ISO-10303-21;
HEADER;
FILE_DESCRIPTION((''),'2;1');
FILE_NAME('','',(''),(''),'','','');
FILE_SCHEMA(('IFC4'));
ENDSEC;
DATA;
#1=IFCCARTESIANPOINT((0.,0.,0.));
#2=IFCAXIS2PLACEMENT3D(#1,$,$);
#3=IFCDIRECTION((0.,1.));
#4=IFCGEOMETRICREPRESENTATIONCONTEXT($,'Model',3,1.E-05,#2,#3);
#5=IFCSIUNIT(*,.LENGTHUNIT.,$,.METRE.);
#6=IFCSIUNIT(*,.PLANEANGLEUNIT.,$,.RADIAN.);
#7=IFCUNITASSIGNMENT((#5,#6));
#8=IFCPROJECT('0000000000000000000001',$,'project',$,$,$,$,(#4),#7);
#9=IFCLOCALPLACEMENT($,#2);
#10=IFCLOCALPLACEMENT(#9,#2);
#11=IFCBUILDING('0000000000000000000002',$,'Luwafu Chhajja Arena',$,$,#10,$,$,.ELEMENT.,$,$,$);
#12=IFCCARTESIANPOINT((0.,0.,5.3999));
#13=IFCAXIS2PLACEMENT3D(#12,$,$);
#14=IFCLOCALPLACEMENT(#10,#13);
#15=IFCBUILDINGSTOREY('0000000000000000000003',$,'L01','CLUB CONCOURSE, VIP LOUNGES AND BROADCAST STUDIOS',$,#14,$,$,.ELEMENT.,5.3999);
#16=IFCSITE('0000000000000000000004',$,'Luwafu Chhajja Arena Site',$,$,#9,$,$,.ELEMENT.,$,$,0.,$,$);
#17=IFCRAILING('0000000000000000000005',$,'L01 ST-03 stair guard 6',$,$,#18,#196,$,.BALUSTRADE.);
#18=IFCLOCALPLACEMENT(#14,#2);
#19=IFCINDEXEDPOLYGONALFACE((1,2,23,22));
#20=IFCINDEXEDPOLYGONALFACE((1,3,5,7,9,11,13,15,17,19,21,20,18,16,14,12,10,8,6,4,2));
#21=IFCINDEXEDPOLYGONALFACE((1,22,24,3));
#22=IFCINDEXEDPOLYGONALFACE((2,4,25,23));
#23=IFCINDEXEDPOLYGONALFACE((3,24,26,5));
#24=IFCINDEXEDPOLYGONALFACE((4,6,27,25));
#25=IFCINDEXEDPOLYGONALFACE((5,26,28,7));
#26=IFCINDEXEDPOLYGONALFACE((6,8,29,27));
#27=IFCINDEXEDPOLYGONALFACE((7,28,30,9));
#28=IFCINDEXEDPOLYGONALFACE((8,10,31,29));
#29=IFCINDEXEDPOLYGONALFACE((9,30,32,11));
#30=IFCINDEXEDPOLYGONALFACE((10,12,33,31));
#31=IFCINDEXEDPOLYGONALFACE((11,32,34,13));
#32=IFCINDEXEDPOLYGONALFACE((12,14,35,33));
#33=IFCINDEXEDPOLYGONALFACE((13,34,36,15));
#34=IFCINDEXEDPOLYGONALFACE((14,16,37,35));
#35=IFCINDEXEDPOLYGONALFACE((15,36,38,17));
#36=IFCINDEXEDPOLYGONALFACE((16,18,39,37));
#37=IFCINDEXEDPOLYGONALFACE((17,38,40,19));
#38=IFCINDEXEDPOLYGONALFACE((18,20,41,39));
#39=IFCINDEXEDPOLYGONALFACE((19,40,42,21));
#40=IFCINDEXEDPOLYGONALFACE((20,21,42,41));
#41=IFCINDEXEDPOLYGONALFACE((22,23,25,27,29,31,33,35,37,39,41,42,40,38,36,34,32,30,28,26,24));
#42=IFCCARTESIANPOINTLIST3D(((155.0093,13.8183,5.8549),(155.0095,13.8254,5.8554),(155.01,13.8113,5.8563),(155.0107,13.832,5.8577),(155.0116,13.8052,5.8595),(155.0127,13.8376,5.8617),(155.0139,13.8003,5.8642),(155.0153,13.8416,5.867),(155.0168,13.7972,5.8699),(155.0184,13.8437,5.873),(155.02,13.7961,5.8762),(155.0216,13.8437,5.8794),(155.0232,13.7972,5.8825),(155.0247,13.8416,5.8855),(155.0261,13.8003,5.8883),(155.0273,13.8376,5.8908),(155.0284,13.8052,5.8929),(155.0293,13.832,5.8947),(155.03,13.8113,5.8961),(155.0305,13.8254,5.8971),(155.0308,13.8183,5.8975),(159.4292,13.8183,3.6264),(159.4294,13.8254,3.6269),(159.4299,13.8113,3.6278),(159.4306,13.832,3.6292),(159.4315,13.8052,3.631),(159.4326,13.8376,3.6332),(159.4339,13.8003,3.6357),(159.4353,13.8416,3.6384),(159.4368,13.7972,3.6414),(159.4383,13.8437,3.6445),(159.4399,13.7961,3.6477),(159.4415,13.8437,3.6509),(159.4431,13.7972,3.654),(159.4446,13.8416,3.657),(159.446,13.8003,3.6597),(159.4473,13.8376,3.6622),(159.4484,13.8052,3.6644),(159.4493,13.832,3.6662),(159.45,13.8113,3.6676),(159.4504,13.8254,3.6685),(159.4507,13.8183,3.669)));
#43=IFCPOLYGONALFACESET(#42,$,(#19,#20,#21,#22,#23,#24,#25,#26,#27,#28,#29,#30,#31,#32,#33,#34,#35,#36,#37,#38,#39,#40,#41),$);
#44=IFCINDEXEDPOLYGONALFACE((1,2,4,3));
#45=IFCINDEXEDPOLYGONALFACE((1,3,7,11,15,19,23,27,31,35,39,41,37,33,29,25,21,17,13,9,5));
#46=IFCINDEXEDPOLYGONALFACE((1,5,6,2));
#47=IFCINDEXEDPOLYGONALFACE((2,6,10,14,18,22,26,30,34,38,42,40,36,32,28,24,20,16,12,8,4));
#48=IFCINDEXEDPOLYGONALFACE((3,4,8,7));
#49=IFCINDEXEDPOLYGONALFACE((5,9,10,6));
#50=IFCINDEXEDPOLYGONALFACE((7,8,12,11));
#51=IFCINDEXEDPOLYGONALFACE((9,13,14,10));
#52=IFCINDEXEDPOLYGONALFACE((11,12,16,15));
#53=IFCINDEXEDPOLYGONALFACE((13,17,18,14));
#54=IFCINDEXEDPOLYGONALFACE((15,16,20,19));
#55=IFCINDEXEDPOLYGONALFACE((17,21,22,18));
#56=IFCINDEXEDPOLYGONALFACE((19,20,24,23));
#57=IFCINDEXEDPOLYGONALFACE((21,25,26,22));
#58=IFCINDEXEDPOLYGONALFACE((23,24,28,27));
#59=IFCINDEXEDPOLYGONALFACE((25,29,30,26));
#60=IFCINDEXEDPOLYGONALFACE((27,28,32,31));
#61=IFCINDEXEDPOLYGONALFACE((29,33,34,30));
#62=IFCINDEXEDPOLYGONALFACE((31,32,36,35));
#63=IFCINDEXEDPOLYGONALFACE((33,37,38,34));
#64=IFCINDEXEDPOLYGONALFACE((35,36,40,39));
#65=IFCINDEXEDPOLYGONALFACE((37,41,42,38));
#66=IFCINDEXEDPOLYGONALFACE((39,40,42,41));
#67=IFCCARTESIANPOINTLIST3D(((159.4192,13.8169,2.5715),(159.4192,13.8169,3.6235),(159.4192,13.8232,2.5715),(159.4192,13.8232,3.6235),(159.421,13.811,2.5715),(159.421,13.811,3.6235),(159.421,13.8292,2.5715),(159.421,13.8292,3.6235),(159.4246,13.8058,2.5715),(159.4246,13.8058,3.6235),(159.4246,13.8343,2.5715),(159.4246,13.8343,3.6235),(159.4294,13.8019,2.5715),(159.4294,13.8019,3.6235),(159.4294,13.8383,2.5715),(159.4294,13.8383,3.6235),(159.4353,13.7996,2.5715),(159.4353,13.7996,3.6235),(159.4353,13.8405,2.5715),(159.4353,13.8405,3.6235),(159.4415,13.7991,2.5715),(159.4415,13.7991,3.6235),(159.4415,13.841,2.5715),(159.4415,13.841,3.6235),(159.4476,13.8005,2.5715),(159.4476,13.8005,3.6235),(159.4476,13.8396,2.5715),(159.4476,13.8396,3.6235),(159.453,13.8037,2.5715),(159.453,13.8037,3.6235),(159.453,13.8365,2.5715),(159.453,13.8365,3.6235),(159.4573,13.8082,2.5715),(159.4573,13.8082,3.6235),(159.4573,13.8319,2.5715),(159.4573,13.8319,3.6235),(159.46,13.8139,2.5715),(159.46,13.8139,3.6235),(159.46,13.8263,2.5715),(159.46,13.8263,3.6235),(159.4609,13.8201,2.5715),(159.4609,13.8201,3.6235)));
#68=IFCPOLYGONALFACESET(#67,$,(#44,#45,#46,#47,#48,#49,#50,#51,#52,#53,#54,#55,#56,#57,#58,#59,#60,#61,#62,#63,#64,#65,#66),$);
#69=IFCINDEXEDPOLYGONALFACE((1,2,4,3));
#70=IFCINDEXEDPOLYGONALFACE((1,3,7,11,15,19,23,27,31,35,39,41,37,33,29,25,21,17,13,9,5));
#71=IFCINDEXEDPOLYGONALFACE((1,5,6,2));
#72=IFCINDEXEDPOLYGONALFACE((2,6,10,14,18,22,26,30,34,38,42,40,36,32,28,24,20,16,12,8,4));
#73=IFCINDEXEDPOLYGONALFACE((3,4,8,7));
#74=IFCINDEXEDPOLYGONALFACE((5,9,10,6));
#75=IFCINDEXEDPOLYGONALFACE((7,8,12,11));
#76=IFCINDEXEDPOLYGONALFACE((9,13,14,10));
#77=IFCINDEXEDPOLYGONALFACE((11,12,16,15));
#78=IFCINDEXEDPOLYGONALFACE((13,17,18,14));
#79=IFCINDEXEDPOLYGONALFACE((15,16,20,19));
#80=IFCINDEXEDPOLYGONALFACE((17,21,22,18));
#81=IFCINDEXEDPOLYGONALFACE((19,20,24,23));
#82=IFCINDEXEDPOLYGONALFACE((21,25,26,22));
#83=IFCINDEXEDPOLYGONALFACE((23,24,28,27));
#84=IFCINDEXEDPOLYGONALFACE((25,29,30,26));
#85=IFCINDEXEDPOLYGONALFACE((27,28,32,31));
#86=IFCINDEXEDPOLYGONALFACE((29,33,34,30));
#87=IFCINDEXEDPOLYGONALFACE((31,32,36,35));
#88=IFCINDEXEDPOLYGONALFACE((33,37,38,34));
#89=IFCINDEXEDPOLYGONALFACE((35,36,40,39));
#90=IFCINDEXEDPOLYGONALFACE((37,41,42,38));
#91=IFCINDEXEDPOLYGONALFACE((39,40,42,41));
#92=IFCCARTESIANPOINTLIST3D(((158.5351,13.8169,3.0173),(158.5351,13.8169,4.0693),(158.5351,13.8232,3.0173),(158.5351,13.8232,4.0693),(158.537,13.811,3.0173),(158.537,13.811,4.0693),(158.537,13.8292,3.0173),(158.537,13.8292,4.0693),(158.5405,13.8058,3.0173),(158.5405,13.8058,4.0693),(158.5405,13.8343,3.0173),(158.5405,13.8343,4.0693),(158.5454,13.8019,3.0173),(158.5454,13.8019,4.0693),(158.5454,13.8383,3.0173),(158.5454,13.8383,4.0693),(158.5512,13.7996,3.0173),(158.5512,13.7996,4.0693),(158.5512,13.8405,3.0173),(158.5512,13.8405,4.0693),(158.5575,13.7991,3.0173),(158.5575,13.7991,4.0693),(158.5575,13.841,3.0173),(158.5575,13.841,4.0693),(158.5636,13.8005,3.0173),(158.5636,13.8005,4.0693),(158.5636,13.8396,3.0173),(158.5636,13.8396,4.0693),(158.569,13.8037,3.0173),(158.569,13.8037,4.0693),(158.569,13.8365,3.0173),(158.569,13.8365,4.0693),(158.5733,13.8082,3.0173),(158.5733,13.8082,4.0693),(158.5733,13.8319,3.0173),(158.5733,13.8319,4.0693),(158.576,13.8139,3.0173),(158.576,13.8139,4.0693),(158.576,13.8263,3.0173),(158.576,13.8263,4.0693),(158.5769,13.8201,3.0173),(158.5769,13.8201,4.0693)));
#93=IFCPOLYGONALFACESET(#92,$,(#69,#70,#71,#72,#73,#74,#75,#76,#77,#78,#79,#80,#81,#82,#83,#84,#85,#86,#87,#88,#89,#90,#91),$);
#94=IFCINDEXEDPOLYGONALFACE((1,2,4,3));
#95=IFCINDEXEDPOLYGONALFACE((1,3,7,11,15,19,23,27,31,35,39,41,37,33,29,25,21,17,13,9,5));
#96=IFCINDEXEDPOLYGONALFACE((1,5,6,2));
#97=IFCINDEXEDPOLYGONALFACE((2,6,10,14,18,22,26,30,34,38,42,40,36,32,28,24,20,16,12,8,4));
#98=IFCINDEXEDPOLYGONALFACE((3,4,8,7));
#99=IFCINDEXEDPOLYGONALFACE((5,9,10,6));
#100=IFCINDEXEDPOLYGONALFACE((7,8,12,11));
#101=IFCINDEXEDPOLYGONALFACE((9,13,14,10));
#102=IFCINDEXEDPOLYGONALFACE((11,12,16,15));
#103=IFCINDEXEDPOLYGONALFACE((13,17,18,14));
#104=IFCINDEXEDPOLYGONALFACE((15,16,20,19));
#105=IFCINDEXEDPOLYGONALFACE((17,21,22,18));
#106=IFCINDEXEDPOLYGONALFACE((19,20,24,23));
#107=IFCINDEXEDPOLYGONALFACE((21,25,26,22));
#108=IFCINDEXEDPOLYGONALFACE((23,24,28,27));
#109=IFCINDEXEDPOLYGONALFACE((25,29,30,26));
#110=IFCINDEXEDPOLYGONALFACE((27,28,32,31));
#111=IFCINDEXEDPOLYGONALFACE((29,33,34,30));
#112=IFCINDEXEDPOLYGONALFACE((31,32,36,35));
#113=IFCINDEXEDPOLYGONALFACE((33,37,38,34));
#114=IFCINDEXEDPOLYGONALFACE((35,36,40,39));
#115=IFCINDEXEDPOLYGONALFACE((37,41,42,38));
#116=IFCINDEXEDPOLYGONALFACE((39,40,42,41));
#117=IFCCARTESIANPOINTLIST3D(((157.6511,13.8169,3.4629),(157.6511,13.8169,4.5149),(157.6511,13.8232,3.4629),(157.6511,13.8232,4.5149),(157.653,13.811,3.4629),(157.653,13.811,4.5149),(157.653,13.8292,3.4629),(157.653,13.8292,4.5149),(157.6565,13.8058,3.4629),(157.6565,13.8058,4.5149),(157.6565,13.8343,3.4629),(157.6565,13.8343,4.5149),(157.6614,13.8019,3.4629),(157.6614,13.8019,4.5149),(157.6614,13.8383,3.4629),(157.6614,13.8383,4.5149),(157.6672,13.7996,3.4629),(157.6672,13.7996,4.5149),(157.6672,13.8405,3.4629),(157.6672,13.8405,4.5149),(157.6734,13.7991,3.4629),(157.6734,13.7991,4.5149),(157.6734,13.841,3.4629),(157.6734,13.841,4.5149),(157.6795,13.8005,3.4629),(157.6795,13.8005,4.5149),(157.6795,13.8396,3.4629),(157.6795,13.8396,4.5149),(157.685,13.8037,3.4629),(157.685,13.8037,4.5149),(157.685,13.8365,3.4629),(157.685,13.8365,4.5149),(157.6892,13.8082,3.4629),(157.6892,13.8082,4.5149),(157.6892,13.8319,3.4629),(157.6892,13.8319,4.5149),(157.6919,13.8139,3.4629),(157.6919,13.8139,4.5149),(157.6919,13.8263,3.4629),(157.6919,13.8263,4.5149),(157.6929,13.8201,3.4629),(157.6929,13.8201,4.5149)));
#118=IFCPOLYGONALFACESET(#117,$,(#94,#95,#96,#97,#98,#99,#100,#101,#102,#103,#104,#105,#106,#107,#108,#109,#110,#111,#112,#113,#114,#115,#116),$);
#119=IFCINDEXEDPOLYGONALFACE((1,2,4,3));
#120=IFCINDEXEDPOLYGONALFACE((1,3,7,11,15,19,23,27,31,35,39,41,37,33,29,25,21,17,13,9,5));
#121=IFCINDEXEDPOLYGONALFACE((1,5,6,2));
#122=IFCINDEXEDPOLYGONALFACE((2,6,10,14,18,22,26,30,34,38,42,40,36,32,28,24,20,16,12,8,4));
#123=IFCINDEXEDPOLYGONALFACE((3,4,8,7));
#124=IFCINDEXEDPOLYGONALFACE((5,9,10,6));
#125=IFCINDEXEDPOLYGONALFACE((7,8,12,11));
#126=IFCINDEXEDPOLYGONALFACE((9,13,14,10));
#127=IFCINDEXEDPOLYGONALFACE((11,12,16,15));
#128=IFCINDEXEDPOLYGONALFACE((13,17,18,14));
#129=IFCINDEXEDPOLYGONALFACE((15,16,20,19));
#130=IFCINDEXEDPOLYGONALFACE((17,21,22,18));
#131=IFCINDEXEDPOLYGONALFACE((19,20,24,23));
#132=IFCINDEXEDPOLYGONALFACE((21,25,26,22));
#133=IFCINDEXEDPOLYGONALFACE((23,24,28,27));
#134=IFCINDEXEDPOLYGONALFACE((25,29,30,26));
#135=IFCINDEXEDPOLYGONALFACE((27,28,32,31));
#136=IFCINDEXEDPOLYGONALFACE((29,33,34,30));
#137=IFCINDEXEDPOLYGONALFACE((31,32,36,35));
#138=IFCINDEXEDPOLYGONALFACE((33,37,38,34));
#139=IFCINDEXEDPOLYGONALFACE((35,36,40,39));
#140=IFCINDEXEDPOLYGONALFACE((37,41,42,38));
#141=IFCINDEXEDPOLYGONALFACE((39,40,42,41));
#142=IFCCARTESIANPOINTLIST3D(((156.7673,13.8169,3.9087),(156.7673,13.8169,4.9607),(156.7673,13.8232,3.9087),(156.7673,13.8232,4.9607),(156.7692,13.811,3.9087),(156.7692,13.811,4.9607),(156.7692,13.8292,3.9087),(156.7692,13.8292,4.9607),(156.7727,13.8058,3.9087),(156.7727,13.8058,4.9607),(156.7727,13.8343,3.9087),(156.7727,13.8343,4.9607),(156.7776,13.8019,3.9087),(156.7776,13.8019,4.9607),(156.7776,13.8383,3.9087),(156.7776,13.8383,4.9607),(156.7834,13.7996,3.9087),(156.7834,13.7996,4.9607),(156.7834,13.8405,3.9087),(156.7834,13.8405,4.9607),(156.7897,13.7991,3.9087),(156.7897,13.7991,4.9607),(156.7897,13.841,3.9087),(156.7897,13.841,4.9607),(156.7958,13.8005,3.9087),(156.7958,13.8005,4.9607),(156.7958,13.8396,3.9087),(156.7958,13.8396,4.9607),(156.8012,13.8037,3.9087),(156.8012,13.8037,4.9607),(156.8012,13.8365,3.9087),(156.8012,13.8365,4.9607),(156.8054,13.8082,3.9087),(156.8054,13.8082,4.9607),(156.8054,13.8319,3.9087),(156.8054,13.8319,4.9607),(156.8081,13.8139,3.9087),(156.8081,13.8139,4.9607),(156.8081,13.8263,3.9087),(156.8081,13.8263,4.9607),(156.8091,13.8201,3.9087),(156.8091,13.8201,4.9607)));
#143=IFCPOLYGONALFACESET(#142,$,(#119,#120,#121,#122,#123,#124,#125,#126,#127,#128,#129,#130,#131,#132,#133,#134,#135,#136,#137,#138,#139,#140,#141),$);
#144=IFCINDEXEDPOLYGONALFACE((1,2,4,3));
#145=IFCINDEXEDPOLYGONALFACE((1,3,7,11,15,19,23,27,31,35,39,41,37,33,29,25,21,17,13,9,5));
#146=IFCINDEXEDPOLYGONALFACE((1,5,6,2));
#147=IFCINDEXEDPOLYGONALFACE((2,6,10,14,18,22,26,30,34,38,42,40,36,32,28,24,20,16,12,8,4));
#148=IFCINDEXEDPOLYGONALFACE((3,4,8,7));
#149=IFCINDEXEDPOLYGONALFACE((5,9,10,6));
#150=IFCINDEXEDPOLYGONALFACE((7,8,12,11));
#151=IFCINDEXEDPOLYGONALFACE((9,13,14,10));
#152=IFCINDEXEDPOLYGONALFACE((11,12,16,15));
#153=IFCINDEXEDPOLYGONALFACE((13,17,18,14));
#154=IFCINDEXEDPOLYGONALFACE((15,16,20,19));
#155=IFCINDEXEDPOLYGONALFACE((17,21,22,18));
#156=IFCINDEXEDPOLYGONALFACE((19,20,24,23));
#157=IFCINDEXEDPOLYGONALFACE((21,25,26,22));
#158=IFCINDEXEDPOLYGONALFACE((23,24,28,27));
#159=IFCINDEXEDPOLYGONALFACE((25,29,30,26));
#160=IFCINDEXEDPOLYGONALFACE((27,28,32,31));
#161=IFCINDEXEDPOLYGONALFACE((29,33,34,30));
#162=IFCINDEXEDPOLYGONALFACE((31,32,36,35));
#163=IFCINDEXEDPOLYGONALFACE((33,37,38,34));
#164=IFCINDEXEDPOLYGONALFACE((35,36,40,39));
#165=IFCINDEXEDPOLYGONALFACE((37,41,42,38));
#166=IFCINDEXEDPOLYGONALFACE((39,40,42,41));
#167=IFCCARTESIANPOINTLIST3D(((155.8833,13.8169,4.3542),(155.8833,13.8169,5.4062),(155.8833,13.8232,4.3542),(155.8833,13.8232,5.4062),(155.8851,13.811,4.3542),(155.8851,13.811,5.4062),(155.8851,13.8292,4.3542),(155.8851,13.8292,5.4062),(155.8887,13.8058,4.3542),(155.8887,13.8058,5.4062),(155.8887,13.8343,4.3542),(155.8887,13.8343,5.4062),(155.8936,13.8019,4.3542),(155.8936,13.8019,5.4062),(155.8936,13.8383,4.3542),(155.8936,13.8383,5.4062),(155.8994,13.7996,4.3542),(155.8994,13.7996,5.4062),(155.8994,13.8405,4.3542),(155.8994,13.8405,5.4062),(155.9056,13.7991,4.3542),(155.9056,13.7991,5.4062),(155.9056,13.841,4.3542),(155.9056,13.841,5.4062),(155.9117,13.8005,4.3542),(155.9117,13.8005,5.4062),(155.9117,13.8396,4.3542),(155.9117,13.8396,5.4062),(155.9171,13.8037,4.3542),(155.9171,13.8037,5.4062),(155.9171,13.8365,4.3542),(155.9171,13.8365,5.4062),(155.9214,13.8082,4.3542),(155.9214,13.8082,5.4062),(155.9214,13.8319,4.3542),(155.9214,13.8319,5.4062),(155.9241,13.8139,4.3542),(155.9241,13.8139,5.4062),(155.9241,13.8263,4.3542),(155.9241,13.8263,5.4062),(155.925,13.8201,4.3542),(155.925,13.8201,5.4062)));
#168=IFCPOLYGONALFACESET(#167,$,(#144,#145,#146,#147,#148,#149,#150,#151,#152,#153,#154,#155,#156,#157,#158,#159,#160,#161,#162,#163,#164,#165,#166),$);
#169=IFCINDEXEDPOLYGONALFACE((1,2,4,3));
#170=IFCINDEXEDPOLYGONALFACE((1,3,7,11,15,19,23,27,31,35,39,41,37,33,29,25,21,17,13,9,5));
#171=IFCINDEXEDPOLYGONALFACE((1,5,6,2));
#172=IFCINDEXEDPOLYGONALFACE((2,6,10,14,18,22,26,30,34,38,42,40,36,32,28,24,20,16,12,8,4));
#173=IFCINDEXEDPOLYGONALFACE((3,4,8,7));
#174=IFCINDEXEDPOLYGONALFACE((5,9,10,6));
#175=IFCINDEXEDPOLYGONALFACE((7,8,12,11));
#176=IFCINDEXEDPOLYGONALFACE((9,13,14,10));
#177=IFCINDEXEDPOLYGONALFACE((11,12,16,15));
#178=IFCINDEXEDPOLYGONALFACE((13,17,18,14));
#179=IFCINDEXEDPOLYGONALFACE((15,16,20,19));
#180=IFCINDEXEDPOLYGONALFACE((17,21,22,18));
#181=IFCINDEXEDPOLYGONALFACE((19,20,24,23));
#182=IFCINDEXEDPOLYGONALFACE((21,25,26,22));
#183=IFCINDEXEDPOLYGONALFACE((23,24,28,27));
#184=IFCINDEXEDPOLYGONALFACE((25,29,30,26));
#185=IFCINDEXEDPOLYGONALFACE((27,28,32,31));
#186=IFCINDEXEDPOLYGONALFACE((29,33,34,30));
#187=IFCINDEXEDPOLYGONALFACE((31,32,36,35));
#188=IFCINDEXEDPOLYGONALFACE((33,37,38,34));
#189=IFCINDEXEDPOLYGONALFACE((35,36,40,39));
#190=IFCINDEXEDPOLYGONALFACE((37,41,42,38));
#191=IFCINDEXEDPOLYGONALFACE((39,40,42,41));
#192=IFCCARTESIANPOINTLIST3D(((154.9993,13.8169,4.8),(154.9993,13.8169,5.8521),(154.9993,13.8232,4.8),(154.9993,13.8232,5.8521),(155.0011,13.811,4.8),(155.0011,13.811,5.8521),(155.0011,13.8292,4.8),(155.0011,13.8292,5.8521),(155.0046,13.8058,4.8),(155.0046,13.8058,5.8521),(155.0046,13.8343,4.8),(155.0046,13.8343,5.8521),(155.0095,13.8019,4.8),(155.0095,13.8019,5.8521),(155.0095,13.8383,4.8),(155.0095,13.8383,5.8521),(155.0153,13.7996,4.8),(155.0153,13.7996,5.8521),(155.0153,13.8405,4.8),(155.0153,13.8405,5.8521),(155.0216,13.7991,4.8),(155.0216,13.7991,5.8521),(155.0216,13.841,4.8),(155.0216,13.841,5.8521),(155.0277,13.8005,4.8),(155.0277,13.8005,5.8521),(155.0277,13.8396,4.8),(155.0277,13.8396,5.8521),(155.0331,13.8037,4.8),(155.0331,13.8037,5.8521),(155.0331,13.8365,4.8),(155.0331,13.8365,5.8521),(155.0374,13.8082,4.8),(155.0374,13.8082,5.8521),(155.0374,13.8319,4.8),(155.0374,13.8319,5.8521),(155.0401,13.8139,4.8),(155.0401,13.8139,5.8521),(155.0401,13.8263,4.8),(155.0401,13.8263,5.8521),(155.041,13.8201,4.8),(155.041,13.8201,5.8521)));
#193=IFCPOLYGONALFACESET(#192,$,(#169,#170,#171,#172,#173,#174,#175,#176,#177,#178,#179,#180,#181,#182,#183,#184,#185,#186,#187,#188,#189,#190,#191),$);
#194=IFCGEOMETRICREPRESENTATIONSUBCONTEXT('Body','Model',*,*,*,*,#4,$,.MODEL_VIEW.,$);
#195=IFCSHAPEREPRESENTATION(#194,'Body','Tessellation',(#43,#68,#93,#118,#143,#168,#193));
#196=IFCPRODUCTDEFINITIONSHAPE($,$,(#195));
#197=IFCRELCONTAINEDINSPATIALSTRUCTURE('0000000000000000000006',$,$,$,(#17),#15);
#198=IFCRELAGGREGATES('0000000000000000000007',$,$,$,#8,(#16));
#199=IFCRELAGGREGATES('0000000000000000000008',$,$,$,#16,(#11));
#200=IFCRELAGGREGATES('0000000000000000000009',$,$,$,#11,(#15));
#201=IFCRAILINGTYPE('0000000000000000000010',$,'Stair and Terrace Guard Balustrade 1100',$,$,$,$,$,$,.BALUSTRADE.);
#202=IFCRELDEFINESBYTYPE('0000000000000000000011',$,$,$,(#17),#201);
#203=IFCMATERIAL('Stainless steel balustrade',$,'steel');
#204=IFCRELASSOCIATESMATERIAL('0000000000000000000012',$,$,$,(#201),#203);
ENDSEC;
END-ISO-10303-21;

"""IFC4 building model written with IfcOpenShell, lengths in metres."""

from ifc_helpers import new_model, si_unit, direction, frame, origin, origin_2d, place, context, subcontext, project, spatial, circle, extrude, material, type_object, element, save


model = new_model("IFC4")

# Units and contexts
model_context = context("Model", 3, precision=1e-05, world=origin(), true_north=direction((0.0, 1.0)))
body_context = subcontext(model_context, "Body", "Model", "MODEL_VIEW")
ifc_project = project(units=[si_unit("LENGTHUNIT", "METRE"), si_unit("PLANEANGLEUNIT", "RADIAN")], contexts=[model_context])

# Site, building, storey
site_placement = place(None, origin())
site = spatial("IfcSite", under=ifc_project, at=site_placement, Name="Luwafu Chhajja Arena Site", CompositionType="ELEMENT", RefElevation=0.0)
building_placement = place(site_placement, origin())
building = spatial("IfcBuilding", under=site, at=building_placement, Name="Luwafu Chhajja Arena", CompositionType="ELEMENT")
storey_placement = place(building_placement, frame((0.0, 0.0, 5.3999)))
storey = spatial("IfcBuildingStorey", under=building, at=storey_placement, Name="L01", Description="CLUB CONCOURSE, VIP LOUNGES AND BROADCAST STUDIOS", CompositionType="ELEMENT", Elevation=5.3999)

# Railing
ifc_material_1 = material(Name="Stainless steel balustrade", Category="steel")
railing_type_1 = type_object("IfcRailingType", Name="Stair and Terrace Guard Balustrade 1100", PredefinedType="BALUSTRADE", material=ifc_material_1)
railing_1_placement = place(storey_placement, frame((159.4399, 13.8201, 2.5715)))
element("IfcRailing", 1, at=railing_1_placement, inside=storey, type_object=railing_type_1, Name="L01 ST-03 stair guard 6", PredefinedType="BALUSTRADE", context=body_context, shape_type="SweptSolid", body=[
    extrude(circle(Radius=0.0239, at=origin_2d()), frame((0.0, 0.0, 1.0762), z_axis=(-0.892923, 0.0, 0.45021), x_axis=(0.0, -1.0, 0.0)), (0.0, 0.0, 1.0), 4.95),
    extrude(circle(Radius=0.021, at=origin_2d()), origin(), (0.0, 0.0, 1.0), 1.052),
    extrude(circle(Radius=0.021, at=origin_2d()), frame((-0.884, 0.0, 0.4458)), (0.0, 0.0, 1.0), 1.052),
    extrude(circle(Radius=0.021, at=origin_2d()), frame((-1.7681, 0.0, 0.8914)), (0.0, 0.0, 1.0), 1.052),
    extrude(circle(Radius=0.021, at=origin_2d()), frame((-2.6519, 0.0, 1.3372)), (0.0, 0.0, 1.0), 1.052),
    extrude(circle(Radius=0.021, at=origin_2d()), frame((-3.5359, 0.0, 1.7827)), (0.0, 0.0, 1.0), 1.052),
    extrude(circle(Radius=0.021, at=origin_2d()), frame((-4.4199, 0.0, 2.2285)), (0.0, 0.0, 1.0), 1.052),
])

save(model, "model.ifc")
